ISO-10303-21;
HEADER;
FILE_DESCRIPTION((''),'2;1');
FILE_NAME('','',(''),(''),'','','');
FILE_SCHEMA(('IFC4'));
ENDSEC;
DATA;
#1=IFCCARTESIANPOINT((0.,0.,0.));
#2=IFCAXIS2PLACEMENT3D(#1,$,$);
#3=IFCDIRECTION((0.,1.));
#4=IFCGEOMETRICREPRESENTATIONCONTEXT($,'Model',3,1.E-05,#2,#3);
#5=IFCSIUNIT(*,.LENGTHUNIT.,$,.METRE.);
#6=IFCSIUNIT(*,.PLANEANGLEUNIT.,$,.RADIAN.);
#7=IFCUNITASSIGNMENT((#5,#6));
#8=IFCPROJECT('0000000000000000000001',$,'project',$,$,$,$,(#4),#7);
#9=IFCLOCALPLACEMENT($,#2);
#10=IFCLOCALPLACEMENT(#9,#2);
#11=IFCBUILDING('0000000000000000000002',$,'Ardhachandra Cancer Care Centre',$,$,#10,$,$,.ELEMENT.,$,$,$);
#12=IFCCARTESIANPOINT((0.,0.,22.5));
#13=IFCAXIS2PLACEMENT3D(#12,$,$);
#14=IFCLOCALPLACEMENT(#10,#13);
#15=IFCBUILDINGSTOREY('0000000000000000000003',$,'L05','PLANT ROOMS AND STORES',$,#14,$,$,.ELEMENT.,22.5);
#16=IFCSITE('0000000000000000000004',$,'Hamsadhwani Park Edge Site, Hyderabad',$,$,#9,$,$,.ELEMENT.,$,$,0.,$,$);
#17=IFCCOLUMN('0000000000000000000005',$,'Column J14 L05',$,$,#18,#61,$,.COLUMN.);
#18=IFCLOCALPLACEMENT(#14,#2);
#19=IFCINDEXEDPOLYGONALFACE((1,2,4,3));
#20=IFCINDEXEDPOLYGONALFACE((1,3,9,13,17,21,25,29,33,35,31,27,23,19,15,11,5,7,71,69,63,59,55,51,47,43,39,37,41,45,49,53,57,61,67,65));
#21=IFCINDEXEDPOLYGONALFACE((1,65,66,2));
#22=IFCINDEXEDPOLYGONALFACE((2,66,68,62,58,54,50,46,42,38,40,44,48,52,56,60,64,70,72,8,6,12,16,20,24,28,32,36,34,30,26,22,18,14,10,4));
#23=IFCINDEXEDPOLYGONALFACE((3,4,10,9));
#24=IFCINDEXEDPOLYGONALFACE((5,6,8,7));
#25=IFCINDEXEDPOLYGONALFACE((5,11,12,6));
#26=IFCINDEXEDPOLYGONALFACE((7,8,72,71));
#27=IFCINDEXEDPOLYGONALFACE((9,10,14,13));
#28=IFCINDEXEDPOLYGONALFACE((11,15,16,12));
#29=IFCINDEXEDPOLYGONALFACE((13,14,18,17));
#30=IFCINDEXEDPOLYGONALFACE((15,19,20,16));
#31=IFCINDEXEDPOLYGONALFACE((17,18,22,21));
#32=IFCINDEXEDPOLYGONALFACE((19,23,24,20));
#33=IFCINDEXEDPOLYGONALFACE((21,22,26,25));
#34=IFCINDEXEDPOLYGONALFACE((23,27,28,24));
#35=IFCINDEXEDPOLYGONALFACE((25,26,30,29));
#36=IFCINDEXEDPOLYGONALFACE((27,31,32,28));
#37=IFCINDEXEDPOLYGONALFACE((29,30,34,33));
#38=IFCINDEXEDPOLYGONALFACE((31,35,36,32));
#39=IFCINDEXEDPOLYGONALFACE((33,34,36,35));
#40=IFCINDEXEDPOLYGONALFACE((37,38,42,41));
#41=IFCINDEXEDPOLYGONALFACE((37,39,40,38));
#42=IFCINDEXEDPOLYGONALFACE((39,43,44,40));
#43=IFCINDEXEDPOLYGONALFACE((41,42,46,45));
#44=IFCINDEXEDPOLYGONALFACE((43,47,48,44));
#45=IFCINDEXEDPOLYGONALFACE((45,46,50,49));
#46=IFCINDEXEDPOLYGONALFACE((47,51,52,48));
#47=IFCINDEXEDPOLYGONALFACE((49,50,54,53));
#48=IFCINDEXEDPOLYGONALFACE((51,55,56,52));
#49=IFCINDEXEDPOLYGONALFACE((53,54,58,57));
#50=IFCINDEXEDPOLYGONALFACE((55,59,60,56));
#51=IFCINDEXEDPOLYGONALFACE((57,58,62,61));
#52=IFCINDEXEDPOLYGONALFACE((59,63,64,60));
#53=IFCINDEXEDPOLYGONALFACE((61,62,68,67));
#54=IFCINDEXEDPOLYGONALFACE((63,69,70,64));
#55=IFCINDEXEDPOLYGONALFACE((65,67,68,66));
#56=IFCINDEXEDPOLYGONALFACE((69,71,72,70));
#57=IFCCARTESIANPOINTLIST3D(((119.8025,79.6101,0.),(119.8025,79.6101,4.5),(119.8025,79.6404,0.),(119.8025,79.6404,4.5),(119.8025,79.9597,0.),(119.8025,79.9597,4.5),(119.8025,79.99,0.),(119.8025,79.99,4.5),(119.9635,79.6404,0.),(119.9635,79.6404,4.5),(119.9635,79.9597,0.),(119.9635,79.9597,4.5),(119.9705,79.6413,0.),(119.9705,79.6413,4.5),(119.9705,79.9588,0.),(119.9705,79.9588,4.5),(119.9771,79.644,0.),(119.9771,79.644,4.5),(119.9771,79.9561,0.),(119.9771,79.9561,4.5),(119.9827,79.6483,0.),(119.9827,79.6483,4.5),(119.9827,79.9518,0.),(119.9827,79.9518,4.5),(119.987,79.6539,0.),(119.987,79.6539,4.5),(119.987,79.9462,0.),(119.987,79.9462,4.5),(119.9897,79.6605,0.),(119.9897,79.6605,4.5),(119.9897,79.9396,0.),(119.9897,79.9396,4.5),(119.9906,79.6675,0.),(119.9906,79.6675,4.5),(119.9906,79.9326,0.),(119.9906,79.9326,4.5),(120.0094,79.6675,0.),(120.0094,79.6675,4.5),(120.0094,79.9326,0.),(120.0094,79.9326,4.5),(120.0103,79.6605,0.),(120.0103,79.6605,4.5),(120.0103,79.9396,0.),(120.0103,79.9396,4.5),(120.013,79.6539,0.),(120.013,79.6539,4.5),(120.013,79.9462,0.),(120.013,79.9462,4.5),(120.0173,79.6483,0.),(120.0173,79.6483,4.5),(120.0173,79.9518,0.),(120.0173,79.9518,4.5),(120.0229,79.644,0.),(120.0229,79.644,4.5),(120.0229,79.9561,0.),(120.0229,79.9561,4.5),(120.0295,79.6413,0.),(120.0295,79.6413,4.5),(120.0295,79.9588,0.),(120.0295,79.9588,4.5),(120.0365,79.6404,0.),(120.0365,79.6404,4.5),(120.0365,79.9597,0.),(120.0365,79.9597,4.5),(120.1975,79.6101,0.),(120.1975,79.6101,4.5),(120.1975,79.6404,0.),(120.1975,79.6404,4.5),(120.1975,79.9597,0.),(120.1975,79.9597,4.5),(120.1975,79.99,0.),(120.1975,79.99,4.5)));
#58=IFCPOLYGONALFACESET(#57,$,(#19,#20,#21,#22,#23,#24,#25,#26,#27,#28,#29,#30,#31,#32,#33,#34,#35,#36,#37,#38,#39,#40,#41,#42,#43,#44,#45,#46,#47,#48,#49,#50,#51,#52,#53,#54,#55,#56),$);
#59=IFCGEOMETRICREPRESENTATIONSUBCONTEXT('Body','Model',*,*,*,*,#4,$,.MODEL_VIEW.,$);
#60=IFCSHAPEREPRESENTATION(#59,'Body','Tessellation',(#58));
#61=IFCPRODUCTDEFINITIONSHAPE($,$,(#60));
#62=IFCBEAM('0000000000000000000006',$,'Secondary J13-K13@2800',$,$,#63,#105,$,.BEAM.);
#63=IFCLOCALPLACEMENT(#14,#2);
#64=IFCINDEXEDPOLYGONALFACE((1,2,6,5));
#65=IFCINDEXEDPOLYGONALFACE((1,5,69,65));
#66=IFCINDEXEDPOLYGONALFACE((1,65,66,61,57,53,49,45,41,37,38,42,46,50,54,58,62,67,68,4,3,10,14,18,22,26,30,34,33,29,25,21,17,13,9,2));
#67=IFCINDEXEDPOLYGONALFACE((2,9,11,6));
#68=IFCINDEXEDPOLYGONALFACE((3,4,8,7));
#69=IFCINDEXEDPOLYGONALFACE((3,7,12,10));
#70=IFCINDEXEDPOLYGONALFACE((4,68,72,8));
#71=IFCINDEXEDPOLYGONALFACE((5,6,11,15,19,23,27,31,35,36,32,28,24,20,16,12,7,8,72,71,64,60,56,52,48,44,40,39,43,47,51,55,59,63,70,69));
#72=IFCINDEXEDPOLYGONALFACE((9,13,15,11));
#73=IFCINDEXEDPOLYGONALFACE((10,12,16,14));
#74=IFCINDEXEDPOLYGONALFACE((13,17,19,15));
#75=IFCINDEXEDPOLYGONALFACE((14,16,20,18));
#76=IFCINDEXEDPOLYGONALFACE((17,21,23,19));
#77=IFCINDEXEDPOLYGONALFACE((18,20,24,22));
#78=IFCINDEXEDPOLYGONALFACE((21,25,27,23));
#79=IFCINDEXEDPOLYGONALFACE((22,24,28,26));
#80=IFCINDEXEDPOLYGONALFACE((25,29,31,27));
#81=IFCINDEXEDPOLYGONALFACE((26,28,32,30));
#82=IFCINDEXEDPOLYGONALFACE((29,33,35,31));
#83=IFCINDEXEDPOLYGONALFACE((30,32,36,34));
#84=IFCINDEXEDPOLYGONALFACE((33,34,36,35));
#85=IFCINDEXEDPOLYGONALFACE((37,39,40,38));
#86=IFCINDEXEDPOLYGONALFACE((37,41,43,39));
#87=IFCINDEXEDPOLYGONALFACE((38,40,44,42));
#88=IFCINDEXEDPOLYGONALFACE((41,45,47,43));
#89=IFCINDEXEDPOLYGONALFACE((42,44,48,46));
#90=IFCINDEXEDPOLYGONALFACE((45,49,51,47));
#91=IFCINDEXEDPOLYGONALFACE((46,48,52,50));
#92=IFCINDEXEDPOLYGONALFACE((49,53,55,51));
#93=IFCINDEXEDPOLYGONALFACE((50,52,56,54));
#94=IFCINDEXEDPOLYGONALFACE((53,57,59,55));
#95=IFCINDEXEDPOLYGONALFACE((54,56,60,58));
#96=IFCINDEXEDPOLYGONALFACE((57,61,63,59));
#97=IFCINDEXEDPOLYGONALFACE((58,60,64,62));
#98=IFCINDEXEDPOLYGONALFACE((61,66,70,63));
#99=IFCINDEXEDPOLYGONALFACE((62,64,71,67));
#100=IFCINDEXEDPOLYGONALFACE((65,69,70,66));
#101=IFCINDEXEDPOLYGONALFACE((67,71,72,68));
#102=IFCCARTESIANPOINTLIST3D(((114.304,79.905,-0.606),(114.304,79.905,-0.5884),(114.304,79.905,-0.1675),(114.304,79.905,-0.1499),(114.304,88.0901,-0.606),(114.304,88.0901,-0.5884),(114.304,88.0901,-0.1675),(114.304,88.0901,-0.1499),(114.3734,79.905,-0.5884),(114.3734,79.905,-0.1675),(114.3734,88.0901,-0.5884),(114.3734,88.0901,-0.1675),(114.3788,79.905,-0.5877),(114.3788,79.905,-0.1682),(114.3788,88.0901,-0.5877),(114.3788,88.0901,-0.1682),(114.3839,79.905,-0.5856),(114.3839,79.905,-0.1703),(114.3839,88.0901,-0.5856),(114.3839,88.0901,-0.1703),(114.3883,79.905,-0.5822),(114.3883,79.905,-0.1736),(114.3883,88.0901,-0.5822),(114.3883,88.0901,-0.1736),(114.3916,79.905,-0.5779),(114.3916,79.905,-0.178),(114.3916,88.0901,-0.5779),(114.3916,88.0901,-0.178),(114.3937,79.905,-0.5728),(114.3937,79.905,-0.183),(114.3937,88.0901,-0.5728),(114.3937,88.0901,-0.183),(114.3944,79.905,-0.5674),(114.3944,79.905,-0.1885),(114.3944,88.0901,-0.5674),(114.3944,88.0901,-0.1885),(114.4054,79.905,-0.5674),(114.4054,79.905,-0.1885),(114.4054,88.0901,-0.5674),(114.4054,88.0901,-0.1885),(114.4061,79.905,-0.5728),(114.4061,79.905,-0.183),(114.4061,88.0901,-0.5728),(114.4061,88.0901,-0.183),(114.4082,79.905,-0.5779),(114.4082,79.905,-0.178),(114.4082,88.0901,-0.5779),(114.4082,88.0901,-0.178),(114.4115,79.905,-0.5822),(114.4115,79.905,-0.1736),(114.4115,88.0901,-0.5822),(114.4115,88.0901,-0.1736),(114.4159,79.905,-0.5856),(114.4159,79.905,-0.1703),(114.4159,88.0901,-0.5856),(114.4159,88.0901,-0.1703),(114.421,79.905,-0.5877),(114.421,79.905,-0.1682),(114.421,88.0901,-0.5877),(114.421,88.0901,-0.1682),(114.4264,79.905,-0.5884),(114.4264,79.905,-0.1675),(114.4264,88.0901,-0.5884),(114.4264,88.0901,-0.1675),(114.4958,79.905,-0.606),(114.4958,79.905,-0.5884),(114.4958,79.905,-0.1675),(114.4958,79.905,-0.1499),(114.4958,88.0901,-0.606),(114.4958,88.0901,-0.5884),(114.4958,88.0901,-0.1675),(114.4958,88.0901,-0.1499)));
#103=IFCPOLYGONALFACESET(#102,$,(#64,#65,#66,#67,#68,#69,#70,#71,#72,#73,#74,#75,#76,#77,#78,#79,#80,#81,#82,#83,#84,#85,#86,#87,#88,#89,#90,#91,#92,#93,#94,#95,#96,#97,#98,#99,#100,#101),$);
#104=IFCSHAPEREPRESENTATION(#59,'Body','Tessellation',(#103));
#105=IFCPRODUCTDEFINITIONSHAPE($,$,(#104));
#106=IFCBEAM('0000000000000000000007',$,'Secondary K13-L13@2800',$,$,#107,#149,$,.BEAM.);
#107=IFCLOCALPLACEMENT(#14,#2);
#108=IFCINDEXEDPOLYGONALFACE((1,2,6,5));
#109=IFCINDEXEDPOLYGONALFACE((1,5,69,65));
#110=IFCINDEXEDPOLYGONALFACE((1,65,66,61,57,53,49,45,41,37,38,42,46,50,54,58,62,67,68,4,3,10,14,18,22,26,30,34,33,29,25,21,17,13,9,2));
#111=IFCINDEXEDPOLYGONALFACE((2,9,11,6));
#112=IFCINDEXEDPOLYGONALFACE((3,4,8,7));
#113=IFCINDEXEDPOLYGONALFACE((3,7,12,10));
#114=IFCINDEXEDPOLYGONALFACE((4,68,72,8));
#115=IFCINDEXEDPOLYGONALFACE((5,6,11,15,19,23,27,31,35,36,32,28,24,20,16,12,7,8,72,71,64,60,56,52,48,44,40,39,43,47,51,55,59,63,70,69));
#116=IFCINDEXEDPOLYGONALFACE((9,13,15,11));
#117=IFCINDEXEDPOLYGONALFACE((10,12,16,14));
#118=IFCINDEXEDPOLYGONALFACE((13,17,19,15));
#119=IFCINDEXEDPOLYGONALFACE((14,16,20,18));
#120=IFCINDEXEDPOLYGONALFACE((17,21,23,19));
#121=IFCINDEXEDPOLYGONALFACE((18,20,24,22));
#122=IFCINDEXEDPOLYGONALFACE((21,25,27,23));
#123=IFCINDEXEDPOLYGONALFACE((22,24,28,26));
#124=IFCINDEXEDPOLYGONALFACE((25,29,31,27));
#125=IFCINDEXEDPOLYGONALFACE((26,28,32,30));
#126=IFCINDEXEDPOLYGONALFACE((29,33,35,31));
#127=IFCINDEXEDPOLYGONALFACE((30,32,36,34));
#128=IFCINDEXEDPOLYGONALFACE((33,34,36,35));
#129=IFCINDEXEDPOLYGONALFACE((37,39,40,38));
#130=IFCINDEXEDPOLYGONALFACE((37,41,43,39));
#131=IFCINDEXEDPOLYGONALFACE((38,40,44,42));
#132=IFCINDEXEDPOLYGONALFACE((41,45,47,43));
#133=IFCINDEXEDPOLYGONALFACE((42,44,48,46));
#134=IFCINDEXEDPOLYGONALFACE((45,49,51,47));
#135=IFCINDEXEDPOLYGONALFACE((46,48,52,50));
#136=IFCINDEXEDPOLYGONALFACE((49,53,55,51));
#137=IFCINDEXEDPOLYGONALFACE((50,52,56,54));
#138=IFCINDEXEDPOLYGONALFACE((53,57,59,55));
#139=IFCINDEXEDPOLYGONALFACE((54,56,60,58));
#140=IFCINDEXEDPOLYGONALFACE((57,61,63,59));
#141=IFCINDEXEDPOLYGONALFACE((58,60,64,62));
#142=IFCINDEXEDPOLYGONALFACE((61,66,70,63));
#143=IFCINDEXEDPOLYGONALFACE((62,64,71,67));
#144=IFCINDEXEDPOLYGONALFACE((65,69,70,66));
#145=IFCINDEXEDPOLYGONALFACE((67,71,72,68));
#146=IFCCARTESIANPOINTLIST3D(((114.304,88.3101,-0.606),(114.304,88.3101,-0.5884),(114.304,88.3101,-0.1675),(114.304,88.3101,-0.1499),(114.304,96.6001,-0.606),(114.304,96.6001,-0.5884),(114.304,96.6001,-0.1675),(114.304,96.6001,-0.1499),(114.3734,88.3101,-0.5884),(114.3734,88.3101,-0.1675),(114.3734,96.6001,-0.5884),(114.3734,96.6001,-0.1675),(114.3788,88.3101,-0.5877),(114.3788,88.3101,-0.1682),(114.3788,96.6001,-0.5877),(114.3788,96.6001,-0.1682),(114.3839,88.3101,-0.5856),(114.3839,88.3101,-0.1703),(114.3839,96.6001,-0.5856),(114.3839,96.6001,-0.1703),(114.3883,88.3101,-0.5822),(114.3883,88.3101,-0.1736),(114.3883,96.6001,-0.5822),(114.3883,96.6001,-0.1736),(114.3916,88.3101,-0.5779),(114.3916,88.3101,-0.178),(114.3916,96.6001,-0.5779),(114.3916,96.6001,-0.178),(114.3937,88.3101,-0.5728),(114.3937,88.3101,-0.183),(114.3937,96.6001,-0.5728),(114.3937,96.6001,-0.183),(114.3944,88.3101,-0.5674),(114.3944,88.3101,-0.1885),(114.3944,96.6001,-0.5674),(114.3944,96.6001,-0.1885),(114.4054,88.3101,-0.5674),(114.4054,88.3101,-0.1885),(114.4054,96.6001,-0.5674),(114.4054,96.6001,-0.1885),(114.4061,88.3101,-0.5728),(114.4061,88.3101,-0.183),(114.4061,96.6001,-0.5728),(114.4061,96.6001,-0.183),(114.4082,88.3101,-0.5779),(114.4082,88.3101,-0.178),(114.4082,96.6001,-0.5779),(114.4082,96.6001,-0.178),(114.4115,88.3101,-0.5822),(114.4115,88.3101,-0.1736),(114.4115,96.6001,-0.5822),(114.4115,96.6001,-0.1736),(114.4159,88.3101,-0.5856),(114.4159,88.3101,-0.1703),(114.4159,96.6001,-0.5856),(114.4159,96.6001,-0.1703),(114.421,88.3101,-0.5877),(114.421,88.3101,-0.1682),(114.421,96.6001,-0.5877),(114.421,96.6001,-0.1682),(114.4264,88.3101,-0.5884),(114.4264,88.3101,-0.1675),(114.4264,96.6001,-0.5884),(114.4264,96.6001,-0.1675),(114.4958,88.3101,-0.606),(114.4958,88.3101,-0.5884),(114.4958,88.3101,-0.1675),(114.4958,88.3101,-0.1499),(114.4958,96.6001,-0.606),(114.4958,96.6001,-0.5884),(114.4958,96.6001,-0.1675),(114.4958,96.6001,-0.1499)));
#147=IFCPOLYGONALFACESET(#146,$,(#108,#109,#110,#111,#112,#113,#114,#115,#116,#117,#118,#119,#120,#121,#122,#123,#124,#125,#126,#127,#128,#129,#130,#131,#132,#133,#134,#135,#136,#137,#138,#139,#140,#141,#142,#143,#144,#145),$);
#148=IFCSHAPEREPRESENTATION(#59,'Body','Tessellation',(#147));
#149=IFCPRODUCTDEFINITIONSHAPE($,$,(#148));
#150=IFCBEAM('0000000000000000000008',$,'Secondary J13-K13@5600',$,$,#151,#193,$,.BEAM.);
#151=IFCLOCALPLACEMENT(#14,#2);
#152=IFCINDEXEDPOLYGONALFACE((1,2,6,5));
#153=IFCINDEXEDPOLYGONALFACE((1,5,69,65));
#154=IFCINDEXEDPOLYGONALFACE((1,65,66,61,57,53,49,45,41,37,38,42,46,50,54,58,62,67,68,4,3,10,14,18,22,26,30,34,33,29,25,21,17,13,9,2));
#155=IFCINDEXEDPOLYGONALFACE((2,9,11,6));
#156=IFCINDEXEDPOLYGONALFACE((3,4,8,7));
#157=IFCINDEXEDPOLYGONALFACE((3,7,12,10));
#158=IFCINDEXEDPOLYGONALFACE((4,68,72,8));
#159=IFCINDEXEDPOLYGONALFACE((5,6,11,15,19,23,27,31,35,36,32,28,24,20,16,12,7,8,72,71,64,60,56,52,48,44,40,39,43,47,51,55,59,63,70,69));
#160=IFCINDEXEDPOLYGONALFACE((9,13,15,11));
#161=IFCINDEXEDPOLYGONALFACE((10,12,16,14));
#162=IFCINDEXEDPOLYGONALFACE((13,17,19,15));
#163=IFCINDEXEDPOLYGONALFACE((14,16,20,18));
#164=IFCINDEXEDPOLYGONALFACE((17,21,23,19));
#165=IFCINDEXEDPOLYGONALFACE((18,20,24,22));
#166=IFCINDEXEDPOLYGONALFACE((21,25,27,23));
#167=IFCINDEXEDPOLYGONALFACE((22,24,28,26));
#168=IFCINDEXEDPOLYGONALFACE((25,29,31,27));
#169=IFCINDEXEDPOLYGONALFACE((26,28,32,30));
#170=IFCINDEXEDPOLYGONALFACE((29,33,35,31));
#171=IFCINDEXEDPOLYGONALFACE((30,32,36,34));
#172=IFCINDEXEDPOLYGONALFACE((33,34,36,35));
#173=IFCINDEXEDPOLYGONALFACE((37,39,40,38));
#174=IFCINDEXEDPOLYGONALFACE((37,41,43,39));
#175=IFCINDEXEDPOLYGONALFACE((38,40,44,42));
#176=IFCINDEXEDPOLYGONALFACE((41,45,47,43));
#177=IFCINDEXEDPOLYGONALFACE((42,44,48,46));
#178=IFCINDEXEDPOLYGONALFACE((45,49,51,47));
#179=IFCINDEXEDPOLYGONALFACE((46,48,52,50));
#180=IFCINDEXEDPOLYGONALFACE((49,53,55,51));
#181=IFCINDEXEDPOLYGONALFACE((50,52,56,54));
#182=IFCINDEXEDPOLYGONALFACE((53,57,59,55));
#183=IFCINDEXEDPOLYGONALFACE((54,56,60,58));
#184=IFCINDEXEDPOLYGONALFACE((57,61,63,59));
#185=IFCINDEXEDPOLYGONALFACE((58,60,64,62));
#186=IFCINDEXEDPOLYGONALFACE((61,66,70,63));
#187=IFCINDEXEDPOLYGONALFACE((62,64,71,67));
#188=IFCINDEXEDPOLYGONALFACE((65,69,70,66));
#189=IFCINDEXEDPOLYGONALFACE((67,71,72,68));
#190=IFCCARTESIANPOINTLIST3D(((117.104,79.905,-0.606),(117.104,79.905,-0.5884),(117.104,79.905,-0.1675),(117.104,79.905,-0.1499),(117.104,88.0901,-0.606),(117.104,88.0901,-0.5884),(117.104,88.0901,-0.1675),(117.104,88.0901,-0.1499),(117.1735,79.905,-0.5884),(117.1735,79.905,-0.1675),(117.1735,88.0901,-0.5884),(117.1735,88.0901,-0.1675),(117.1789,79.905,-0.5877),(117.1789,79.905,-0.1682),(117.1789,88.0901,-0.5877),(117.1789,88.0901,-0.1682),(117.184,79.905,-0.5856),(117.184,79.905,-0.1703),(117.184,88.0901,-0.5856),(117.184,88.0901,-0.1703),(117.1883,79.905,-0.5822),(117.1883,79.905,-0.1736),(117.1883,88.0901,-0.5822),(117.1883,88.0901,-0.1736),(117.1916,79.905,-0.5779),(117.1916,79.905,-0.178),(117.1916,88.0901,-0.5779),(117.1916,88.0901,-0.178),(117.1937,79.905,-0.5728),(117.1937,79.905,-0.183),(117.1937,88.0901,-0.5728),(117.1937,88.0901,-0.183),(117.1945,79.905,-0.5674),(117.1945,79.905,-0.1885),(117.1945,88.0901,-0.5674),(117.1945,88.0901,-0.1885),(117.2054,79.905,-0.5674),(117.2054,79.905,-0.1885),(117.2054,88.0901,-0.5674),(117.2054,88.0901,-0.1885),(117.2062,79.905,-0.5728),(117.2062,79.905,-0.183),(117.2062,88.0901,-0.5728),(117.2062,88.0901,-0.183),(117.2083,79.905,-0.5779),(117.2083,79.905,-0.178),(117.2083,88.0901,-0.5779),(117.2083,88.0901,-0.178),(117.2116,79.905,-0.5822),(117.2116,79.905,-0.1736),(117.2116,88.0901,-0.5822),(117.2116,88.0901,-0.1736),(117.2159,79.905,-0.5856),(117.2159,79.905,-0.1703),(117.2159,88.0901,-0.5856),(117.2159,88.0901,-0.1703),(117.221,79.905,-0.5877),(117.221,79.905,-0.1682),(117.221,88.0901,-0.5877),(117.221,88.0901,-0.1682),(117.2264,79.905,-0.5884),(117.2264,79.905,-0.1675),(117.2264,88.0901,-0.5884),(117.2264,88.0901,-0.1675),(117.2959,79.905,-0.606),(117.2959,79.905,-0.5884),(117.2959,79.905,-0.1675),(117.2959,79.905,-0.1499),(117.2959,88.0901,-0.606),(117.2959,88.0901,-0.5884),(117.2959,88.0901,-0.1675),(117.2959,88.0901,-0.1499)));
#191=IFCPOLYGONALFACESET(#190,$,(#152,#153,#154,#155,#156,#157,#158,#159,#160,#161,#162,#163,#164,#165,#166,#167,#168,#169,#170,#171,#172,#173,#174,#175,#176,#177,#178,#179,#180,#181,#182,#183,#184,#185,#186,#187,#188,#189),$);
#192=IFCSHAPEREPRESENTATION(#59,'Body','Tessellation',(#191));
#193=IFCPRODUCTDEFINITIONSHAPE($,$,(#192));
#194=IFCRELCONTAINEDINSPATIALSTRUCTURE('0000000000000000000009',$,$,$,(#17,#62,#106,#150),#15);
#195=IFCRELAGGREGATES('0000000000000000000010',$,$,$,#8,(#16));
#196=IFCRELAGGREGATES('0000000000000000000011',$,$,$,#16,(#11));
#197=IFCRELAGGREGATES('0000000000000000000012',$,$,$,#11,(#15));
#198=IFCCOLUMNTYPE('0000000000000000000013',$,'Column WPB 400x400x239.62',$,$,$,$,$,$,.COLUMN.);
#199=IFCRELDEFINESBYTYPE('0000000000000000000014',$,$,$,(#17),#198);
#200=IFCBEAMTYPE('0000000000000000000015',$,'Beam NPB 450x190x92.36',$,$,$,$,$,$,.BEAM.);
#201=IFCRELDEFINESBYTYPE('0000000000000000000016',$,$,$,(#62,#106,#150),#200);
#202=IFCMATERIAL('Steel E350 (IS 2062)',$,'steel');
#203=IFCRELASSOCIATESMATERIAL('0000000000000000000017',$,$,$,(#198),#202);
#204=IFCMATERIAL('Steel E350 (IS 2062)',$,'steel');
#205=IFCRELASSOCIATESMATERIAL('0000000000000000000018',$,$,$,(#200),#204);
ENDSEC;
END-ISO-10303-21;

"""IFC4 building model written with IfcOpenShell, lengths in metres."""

from ifc_helpers import new_model, si_unit, direction, frame, origin, origin_2d, place, context, subcontext, project, spatial, i_section, extrude, material, material_profile, profile_set, type_object, element, save


model = new_model("IFC4")

# Units and contexts
model_context = context("Model", 3, precision=1e-05, world=origin(), true_north=direction((0.0, 1.0)))
body_context = subcontext(model_context, "Body", "Model", "MODEL_VIEW")
ifc_project = project(units=[si_unit("LENGTHUNIT", "METRE"), si_unit("PLANEANGLEUNIT", "RADIAN")], contexts=[model_context])

# Site, building, storey
site_placement = place(None, origin())
site = spatial("IfcSite", under=ifc_project, at=site_placement, Name="Hamsadhwani Park Edge Site, Hyderabad", CompositionType="ELEMENT", RefElevation=0.0)
building_placement = place(site_placement, origin())
building = spatial("IfcBuilding", under=site, at=building_placement, Name="Ardhachandra Cancer Care Centre", CompositionType="ELEMENT")
storey_placement = place(building_placement, frame((0.0, 0.0, 22.5)))
storey = spatial("IfcBuildingStorey", under=building, at=storey_placement, Name="L05", Description="PLANT ROOMS AND STORES", CompositionType="ELEMENT", Elevation=22.5)

# Column
ifc_material_1 = material(Name="Steel E350 (IS 2062)", Category="steel")
ifc_material_profile_1 = material_profile(ifc_material_1, i_section(OverallWidth=0.395, OverallDepth=0.3799, WebThickness=0.0188, FlangeThickness=0.0303, FilletRadius=0.0271, at=origin_2d()), Name="WPB 400x400x239.62")
ifc_profile_set_1 = profile_set([ifc_material_profile_1], Name="Steel E350 (IS 2062)")
column_type = type_object("IfcColumnType", Name="Column WPB 400x400x239.62", PredefinedType="COLUMN", material=ifc_profile_set_1)
column_placement = place(storey_placement, frame((120.0, 79.8, 0.0), z_axis=(0.0, 0.0, 1.0), x_axis=(1.0, 0.0, 0.0)))
element("IfcColumn", 1, at=column_placement, inside=storey, type_object=column_type, Name="Column J14 L05", PredefinedType="COLUMN", context=body_context, shape_type="SweptSolid", body=[
    extrude(i_section(OverallWidth=0.395, OverallDepth=0.3799, WebThickness=0.0188, FlangeThickness=0.0303, FilletRadius=0.0271, at=origin_2d()), origin(), (0.0, 0.0, 1.0), 4.5),
])

# Beams
ifc_material_2 = material(Name="Steel E350 (IS 2062)", Category="steel")
ifc_material_profile_2 = material_profile(ifc_material_2, i_section(OverallWidth=0.1919, OverallDepth=0.4561, WebThickness=0.011, FlangeThickness=0.0176, FilletRadius=0.021, at=origin_2d()), Name="NPB 450x190x92.36")
ifc_profile_set_2 = profile_set([ifc_material_profile_2], Name="Steel E350 (IS 2062)")
beam_type_1 = type_object("IfcBeamType", Name="Beam NPB 450x190x92.36", PredefinedType="BEAM", material=ifc_profile_set_2)
beam_1_placement = place(storey_placement, frame((114.3999, 79.905, -0.3779), z_axis=(0.0, 1.0, 0.0), x_axis=(-1.0, 0.0, 0.0)))
element("IfcBeam", 2, at=beam_1_placement, inside=storey, type_object=beam_type_1, Name="Secondary J13-K13@2800", PredefinedType="BEAM", context=body_context, shape_type="SweptSolid", body=[
    extrude(i_section(OverallWidth=0.1919, OverallDepth=0.4561, WebThickness=0.011, FlangeThickness=0.0176, FilletRadius=0.021, at=origin_2d()), origin(), (0.0, 0.0, 1.0), 8.1851),
])
beam_2_placement = place(storey_placement, frame((114.3999, 88.3101, -0.3779), z_axis=(0.0, 1.0, 0.0), x_axis=(-1.0, 0.0, 0.0)))
element("IfcBeam", 3, at=beam_2_placement, inside=storey, type_object=beam_type_1, Name="Secondary K13-L13@2800", PredefinedType="BEAM", context=body_context, shape_type="SweptSolid", body=[
    extrude(i_section(OverallWidth=0.1919, OverallDepth=0.4561, WebThickness=0.011, FlangeThickness=0.0176, FilletRadius=0.021, at=origin_2d()), origin(), (0.0, 0.0, 1.0), 8.29),
])
beam_3_placement = place(storey_placement, frame((117.2, 79.905, -0.3779), z_axis=(0.0, 1.0, 0.0), x_axis=(-1.0, 0.0, 0.0)))
element("IfcBeam", 4, at=beam_3_placement, inside=storey, type_object=beam_type_1, Name="Secondary J13-K13@5600", PredefinedType="BEAM", context=body_context, shape_type="SweptSolid", body=[
    extrude(i_section(OverallWidth=0.1919, OverallDepth=0.4561, WebThickness=0.011, FlangeThickness=0.0176, FilletRadius=0.021, at=origin_2d()), origin(), (0.0, 0.0, 1.0), 8.1851),
])

save(model, "model.ifc")
